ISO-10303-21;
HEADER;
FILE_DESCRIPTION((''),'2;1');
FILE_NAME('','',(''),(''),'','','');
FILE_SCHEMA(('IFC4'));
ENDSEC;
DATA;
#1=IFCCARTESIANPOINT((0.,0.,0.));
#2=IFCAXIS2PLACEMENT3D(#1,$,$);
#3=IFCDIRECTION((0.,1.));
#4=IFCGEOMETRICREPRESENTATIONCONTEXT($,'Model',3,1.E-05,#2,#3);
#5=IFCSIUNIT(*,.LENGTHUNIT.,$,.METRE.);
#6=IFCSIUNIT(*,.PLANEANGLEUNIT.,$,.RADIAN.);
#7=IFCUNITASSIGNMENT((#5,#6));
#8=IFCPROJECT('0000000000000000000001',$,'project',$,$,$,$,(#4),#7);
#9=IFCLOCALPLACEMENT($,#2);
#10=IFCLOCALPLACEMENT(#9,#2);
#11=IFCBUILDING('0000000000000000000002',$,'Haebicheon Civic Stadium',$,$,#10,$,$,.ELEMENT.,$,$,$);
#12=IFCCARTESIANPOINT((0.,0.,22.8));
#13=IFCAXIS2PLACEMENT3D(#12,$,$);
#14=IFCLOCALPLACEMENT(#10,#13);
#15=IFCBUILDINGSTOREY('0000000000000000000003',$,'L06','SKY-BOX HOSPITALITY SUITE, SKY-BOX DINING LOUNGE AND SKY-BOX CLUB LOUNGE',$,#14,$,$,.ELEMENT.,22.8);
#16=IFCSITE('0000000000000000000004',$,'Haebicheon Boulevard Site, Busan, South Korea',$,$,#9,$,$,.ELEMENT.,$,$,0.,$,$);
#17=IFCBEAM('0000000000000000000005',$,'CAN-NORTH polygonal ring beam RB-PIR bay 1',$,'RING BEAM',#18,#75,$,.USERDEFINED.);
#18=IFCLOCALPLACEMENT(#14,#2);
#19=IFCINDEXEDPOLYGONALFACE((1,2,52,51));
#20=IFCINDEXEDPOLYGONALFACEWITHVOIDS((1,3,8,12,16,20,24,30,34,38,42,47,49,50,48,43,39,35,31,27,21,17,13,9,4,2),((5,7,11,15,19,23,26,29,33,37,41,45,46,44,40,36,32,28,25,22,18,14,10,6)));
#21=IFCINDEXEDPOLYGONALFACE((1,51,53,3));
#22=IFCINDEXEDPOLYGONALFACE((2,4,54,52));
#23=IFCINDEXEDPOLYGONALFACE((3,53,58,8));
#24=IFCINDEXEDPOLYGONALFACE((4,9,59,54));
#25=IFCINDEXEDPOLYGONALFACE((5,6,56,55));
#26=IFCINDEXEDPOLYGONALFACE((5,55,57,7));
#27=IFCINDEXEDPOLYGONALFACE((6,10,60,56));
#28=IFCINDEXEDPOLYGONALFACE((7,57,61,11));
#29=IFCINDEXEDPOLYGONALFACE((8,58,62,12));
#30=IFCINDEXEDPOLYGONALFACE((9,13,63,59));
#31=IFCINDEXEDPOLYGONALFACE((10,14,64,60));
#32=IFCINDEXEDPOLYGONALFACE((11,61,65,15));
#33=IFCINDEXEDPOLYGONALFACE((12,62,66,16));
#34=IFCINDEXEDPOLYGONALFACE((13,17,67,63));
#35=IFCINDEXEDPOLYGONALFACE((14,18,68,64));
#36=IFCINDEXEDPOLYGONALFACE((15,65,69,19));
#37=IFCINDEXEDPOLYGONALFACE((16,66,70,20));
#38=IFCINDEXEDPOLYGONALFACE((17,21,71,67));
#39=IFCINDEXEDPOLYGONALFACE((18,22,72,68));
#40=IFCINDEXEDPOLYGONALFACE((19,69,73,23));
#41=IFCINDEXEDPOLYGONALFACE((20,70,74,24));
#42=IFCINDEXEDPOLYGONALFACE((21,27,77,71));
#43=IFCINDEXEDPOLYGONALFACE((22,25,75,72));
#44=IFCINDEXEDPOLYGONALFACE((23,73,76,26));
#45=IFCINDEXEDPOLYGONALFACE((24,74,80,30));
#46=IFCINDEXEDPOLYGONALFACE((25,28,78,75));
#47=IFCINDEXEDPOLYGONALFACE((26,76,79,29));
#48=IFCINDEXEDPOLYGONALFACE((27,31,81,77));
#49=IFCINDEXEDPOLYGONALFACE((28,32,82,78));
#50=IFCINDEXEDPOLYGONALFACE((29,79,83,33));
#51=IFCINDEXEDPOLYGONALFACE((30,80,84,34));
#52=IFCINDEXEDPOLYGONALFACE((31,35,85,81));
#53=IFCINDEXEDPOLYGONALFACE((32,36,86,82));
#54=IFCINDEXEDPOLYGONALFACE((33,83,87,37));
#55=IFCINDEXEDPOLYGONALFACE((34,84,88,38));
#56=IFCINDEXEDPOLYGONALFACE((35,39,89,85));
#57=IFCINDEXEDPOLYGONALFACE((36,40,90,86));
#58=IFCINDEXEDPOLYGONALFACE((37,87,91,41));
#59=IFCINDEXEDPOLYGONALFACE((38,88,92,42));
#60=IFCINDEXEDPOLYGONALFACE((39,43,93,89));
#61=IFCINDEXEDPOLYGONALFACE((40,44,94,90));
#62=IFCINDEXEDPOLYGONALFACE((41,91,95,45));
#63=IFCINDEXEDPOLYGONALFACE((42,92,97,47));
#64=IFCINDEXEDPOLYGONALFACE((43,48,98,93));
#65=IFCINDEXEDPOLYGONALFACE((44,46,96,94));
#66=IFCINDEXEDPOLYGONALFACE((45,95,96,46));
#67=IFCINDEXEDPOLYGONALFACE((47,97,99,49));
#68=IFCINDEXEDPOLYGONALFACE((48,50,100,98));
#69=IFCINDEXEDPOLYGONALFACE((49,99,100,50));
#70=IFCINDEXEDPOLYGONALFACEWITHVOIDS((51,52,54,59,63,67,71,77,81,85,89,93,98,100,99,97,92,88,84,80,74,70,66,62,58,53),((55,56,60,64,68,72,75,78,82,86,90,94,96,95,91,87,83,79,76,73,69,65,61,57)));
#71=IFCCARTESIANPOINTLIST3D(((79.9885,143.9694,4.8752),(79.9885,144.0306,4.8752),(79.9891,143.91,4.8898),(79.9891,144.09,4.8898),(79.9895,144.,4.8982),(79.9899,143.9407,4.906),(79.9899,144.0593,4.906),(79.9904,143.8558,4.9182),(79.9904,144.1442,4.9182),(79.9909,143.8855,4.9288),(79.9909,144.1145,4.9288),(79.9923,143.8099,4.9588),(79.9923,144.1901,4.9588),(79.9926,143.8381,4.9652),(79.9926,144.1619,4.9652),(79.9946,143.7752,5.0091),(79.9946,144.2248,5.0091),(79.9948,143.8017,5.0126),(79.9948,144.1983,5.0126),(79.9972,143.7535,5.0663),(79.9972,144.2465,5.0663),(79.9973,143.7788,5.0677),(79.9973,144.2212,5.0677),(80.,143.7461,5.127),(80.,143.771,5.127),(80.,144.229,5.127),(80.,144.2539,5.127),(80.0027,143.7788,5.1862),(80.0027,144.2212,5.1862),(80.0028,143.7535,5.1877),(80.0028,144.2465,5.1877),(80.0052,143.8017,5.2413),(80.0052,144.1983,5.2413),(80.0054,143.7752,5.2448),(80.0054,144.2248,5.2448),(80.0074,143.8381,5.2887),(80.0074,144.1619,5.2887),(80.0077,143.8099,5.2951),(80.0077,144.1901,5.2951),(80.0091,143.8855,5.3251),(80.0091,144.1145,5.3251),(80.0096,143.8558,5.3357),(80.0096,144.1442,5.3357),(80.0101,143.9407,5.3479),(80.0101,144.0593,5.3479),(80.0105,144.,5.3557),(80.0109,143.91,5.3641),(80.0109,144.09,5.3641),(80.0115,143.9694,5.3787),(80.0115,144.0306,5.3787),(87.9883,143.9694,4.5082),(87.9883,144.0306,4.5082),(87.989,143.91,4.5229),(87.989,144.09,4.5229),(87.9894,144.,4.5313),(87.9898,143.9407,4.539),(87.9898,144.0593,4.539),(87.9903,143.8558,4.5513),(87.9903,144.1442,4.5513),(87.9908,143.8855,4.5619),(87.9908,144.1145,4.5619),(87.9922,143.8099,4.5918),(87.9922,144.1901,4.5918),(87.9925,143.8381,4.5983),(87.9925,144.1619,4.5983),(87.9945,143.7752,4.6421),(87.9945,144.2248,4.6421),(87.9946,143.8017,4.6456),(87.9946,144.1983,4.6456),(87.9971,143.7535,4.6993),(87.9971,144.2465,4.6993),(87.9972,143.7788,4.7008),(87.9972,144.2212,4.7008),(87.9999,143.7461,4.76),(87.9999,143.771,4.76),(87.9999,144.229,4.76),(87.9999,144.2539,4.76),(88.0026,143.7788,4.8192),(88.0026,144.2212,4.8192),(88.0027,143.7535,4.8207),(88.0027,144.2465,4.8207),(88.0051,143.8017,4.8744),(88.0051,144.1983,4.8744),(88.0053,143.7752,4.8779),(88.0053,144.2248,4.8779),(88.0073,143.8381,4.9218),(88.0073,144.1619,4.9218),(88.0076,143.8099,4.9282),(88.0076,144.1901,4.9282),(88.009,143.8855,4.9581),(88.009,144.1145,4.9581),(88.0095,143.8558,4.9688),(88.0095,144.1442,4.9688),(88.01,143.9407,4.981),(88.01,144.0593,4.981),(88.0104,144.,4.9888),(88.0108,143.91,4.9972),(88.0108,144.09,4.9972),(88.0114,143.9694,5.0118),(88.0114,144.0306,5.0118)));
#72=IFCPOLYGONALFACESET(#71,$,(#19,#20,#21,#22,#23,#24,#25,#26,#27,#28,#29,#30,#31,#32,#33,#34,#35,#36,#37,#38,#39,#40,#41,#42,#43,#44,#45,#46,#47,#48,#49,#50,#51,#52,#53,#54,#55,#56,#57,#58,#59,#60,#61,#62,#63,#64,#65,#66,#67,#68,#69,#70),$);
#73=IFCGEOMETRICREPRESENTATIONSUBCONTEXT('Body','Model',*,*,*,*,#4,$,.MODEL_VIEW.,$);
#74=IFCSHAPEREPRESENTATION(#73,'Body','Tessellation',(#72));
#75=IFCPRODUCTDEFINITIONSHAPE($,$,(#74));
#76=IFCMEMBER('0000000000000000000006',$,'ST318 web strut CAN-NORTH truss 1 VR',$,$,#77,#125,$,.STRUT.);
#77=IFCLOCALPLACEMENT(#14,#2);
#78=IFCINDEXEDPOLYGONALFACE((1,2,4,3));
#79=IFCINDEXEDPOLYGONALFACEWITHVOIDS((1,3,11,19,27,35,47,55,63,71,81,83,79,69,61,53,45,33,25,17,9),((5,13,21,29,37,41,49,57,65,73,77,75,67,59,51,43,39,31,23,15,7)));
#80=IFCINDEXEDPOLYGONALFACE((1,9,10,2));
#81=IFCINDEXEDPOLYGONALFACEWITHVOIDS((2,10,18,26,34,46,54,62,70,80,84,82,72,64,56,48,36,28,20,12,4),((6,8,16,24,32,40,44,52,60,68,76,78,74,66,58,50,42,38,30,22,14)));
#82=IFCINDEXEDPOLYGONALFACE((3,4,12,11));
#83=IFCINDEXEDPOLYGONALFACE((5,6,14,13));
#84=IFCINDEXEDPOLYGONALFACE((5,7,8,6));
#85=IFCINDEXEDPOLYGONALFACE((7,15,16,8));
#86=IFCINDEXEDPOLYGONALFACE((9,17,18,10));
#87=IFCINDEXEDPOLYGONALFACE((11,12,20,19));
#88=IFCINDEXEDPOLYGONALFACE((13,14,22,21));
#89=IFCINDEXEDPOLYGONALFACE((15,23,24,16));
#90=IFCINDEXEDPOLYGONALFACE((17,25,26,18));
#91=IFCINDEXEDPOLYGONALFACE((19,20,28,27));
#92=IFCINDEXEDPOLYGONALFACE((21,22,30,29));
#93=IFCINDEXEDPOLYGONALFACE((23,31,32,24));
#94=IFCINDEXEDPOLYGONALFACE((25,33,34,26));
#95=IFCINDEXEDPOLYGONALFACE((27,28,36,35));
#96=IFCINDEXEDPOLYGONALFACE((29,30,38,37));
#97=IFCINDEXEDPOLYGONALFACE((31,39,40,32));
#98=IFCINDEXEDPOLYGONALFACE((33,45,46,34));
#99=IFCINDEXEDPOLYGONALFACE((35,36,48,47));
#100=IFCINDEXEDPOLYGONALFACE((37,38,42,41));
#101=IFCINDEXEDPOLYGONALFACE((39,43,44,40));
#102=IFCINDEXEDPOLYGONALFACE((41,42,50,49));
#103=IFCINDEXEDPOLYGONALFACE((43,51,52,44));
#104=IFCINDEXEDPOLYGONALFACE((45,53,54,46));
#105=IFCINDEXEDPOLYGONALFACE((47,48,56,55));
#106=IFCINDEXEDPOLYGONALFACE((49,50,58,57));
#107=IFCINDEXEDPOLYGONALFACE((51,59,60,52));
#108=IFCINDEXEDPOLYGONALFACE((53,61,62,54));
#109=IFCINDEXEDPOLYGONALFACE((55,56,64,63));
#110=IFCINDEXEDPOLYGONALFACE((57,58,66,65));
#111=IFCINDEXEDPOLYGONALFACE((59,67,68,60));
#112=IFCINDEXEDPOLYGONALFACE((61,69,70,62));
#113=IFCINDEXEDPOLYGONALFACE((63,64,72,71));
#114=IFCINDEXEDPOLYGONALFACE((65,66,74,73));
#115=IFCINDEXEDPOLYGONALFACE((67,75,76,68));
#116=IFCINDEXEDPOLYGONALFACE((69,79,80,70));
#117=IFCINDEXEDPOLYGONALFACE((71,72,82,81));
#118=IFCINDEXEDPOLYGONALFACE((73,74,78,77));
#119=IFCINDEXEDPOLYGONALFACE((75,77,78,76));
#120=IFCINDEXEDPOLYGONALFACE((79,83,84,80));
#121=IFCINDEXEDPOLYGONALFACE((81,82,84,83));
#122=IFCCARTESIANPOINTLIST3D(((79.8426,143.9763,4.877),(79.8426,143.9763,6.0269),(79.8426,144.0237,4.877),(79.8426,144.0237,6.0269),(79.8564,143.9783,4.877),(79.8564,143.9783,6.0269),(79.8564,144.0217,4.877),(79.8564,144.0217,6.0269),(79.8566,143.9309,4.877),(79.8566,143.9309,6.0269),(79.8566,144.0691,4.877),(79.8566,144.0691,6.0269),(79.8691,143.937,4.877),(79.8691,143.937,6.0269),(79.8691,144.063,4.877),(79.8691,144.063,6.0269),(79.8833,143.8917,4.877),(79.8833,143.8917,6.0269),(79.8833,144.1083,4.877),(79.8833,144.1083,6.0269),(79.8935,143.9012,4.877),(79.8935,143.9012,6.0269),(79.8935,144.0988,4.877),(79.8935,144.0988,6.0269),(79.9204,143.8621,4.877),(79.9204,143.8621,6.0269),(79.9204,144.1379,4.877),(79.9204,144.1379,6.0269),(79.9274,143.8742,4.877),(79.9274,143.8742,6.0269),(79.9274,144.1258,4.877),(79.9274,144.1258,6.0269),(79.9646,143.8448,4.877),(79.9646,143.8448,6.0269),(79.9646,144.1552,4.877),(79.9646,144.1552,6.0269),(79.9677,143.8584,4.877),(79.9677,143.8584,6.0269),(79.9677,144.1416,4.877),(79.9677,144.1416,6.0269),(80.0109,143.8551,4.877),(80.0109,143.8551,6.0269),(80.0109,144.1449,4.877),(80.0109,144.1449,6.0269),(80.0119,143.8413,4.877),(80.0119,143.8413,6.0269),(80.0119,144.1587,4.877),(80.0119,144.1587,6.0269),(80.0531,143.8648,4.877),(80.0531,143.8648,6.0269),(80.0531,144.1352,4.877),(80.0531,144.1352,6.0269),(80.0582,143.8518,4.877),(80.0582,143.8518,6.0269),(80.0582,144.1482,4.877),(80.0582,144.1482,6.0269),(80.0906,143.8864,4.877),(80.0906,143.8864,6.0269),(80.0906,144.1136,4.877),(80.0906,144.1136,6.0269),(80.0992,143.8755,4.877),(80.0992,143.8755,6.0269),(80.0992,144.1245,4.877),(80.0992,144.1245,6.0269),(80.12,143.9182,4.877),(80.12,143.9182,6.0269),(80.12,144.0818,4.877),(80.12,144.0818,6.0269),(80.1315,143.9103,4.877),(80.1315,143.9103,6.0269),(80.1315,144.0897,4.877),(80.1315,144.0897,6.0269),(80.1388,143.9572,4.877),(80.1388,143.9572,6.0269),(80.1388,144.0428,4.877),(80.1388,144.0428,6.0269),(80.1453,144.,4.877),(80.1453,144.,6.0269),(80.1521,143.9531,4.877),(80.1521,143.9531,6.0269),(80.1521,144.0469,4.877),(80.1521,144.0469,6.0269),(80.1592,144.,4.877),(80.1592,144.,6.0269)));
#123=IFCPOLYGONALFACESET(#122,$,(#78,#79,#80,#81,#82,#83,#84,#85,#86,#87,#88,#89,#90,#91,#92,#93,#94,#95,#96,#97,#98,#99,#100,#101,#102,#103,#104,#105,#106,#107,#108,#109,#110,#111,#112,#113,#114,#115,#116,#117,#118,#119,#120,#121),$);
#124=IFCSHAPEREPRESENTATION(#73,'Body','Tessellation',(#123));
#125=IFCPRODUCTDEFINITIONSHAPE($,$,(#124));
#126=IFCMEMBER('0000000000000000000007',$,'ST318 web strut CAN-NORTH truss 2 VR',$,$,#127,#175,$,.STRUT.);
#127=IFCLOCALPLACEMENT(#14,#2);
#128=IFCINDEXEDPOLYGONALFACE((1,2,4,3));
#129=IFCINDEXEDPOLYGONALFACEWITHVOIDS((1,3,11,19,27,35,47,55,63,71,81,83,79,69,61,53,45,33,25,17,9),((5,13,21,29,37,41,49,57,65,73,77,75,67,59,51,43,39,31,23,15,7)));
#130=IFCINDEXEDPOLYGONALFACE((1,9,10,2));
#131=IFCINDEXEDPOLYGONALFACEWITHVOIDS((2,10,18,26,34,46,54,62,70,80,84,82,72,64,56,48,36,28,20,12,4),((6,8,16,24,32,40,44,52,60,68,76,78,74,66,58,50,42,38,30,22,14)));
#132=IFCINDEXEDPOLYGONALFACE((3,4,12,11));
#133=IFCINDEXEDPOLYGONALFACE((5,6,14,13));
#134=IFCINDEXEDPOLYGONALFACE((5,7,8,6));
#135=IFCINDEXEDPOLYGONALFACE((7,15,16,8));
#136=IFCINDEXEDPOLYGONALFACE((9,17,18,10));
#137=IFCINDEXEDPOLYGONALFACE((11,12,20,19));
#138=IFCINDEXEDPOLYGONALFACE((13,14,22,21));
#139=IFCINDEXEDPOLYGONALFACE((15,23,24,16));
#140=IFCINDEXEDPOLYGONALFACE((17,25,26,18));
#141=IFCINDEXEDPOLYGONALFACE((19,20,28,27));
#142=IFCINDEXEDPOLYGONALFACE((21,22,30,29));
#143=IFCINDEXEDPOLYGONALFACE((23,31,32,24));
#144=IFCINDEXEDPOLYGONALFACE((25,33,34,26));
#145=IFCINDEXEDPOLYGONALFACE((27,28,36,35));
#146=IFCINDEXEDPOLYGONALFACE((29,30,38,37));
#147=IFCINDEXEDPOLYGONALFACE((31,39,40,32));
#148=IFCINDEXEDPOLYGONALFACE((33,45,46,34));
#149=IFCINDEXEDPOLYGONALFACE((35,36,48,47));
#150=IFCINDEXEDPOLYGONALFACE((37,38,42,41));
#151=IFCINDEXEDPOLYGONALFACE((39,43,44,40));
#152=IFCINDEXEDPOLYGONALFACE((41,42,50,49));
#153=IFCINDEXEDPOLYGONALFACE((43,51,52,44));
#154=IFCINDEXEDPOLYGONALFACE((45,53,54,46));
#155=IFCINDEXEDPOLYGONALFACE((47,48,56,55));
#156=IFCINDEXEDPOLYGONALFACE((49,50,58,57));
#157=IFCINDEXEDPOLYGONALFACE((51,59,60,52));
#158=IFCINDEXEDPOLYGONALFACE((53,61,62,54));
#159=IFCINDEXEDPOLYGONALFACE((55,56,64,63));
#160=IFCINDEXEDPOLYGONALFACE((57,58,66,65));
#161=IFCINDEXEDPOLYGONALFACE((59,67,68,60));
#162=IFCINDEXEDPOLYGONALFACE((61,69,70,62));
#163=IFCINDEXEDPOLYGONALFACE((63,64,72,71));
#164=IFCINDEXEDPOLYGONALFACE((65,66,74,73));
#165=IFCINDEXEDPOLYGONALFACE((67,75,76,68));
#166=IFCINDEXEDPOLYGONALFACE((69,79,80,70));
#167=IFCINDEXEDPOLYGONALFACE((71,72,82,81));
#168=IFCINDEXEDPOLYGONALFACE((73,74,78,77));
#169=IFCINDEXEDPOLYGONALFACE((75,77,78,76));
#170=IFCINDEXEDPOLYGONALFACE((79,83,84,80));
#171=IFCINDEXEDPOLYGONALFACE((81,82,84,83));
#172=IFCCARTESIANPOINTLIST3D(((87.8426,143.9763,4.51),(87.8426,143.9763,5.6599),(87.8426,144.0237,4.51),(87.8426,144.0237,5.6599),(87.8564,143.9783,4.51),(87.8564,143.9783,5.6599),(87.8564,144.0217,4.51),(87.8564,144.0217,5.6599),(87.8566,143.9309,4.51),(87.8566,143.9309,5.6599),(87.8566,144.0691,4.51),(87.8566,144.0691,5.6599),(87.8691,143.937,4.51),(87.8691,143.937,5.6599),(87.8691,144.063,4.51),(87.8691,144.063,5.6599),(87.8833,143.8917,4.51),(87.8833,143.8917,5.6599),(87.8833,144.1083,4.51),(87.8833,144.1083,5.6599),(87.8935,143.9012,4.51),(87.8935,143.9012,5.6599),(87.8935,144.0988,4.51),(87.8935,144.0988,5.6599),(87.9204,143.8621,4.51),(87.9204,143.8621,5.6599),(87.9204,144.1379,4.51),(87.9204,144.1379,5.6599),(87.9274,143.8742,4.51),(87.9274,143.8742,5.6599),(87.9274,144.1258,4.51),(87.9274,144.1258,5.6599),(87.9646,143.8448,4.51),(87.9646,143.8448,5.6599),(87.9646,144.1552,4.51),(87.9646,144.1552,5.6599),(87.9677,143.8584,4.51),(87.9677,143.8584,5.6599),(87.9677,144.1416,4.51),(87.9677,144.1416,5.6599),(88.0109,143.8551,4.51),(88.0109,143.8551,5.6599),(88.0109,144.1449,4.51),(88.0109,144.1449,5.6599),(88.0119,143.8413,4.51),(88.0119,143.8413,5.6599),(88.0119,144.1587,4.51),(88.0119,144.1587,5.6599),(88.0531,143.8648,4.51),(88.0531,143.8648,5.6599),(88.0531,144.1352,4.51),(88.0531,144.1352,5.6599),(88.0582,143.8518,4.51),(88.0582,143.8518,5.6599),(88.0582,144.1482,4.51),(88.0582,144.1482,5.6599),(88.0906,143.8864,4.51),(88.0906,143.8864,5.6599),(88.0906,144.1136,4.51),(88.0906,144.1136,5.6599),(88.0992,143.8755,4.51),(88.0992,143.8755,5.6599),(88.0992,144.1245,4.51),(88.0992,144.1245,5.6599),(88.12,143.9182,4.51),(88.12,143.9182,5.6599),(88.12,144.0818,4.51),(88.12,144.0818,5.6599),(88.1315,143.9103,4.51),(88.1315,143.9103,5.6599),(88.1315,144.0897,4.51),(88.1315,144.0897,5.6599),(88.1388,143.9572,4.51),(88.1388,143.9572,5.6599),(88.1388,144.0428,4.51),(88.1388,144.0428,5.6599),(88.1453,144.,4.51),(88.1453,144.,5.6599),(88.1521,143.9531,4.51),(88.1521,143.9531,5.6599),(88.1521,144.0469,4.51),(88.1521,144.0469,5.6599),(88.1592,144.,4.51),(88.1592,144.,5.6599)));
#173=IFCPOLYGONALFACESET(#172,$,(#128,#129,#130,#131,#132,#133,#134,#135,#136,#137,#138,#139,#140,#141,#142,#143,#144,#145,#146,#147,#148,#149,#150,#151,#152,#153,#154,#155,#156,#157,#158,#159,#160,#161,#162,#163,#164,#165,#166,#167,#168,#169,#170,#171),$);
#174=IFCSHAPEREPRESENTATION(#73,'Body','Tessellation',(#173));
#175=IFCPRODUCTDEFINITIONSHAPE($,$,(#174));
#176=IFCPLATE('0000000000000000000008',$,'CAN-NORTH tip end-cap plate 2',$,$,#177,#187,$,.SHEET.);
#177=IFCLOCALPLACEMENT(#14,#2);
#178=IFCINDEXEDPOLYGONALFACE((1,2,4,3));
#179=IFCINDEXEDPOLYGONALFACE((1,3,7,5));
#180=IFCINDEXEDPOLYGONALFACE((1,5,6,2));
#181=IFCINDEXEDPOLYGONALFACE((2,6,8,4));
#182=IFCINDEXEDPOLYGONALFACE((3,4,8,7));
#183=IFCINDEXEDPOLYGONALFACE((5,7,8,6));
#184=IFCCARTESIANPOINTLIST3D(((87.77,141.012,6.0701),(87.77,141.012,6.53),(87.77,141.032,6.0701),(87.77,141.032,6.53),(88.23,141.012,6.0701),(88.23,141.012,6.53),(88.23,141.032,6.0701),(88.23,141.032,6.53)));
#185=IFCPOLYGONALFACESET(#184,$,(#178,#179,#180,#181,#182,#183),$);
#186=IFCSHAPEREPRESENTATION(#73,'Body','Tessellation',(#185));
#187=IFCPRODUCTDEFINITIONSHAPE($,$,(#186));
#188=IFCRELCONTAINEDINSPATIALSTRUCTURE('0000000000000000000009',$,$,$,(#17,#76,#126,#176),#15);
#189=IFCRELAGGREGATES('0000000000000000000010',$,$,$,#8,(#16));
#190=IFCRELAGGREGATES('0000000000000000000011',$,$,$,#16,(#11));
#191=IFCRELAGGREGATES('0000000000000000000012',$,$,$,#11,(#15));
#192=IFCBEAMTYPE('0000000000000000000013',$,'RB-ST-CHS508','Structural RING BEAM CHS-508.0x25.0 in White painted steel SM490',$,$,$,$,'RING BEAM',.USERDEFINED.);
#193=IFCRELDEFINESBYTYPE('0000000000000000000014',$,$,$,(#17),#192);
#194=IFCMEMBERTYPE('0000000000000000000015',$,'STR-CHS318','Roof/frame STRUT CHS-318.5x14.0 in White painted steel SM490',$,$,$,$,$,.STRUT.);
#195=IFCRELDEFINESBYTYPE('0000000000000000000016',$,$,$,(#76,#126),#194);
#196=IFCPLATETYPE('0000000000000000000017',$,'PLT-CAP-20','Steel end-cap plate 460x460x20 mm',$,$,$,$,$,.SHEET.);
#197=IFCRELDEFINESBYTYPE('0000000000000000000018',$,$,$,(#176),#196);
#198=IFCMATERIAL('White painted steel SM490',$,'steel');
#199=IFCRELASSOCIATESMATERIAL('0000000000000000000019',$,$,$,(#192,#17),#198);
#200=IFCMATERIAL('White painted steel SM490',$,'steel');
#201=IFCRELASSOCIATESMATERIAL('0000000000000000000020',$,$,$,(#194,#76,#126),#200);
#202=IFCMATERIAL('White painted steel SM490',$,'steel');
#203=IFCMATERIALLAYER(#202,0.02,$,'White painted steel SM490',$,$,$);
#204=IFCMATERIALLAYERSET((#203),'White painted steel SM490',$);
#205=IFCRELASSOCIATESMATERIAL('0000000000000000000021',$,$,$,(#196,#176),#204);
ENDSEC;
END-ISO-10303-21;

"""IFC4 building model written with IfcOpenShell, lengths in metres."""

from ifc_helpers import new_model, si_unit, direction, frame, origin, origin_2d, place, context, subcontext, project, spatial, rectangle, hollow_circle, extrude, material, layer, layer_set, material_profile, profile_set, type_object, element, save


model = new_model("IFC4")

# Units and contexts
model_context = context("Model", 3, precision=1e-05, world=origin(), true_north=direction((0.0, 1.0)))
body_context = subcontext(model_context, "Body", "Model", "MODEL_VIEW")
ifc_project = project(units=[si_unit("LENGTHUNIT", "METRE"), si_unit("PLANEANGLEUNIT", "RADIAN")], contexts=[model_context])

# Site, building, storey
site_placement = place(None, origin())
site = spatial("IfcSite", under=ifc_project, at=site_placement, Name="Haebicheon Boulevard Site, Busan, South Korea", CompositionType="ELEMENT", RefElevation=0.0)
building_placement = place(site_placement, origin())
building = spatial("IfcBuilding", under=site, at=building_placement, Name="Haebicheon Civic Stadium", CompositionType="ELEMENT")
storey_placement = place(building_placement, frame((0.0, 0.0, 22.8)))
storey = spatial("IfcBuildingStorey", under=building, at=storey_placement, Name="L06", Description="SKY-BOX HOSPITALITY SUITE, SKY-BOX DINING LOUNGE AND SKY-BOX CLUB LOUNGE", CompositionType="ELEMENT", Elevation=22.8)

# Beam
ifc_material_1 = material(Name="White painted steel SM490", Category="steel")
ifc_material_profile_1 = material_profile(ifc_material_1, hollow_circle(Radius=0.2539, WallThickness=0.0249, at=origin_2d()), Name="CHS-508.0x25.0")
ifc_profile_set_1 = profile_set([ifc_material_profile_1], Name="White painted steel SM490")
beam_type = type_object("IfcBeamType", Name="RB-ST-CHS508", Description="Structural RING BEAM CHS-508.0x25.0 in White painted steel SM490", ElementType="RING BEAM", PredefinedType="USERDEFINED", material=ifc_profile_set_1)
beam_placement = place(storey_placement, frame((80.0, 144.0, 5.127), z_axis=(0.99895, 0.0, -0.04582), x_axis=(0.0, 1.0, 0.0)))
element("IfcBeam", 1, at=beam_placement, inside=storey, type_object=beam_type, material=ifc_profile_set_1, Name="CAN-NORTH polygonal ring beam RB-PIR bay 1", ObjectType="RING BEAM", PredefinedType="USERDEFINED", context=body_context, shape_type="SweptSolid", body=[
    extrude(hollow_circle(Radius=0.2539, WallThickness=0.0249, at=origin_2d()), origin(), (0.0, 0.0, 1.0), 8.0083),
])

# Members
ifc_material_2 = material(Name="White painted steel SM490", Category="steel")
ifc_material_profile_2 = material_profile(ifc_material_2, hollow_circle(Radius=0.1592, WallThickness=0.0139, at=origin_2d()), Name="CHS-318.5x14.0")
ifc_profile_set_2 = profile_set([ifc_material_profile_2], Name="White painted steel SM490")
member_type_1 = type_object("IfcMemberType", Name="STR-CHS318", Description="Roof/frame STRUT CHS-318.5x14.0 in White painted steel SM490", PredefinedType="STRUT", material=ifc_profile_set_2)
for number, where, z_axis, x_axis, name in (
    (2, (80.0, 144.0, 4.877), (0.0, 0.0, 1.0), (1.0, 0.0, 0.0), "ST318 web strut CAN-NORTH truss 1 VR"),
    (3, (88.0, 144.0, 4.51), (0.0, 0.0, 1.0), (1.0, 0.0, 0.0), "ST318 web strut CAN-NORTH truss 2 VR"),
):
    element("IfcMember", number, at=place(storey_placement, frame(where, z_axis=z_axis, x_axis=x_axis)), inside=storey, type_object=member_type_1, material=ifc_profile_set_2, Name=name, PredefinedType="STRUT", context=body_context, shape_type="SweptSolid", body=[
        extrude(hollow_circle(Radius=0.1592, WallThickness=0.0139, at=origin_2d()), origin(), (0.0, 0.0, 1.0), 1.1499),
    ])

# Plate
ifc_material_3 = material(Name="White painted steel SM490", Category="steel")
ifc_layer_1 = layer(ifc_material_3, 0.02, Name="White painted steel SM490")
ifc_layer_set_1 = layer_set([ifc_layer_1], Name="White painted steel SM490")
plate_type_1 = type_object("IfcPlateType", Name="PLT-CAP-20", Description="Steel end-cap plate 460x460x20 mm", PredefinedType="SHEET", material=ifc_layer_set_1)
plate_1_placement = place(storey_placement, frame((88.0, 141.022, 6.0701), z_axis=(0.0, 0.0, 1.0), x_axis=(-1.0, 0.0, 0.0)))
element("IfcPlate", 4, at=plate_1_placement, inside=storey, type_object=plate_type_1, material=ifc_layer_set_1, Name="CAN-NORTH tip end-cap plate 2", PredefinedType="SHEET", context=body_context, shape_type="SweptSolid", body=[
    extrude(rectangle(XDim=0.46, YDim=0.02, at=origin_2d()), origin(), (0.0, 0.0, 1.0), 0.46),
])

save(model, "model.ifc")
